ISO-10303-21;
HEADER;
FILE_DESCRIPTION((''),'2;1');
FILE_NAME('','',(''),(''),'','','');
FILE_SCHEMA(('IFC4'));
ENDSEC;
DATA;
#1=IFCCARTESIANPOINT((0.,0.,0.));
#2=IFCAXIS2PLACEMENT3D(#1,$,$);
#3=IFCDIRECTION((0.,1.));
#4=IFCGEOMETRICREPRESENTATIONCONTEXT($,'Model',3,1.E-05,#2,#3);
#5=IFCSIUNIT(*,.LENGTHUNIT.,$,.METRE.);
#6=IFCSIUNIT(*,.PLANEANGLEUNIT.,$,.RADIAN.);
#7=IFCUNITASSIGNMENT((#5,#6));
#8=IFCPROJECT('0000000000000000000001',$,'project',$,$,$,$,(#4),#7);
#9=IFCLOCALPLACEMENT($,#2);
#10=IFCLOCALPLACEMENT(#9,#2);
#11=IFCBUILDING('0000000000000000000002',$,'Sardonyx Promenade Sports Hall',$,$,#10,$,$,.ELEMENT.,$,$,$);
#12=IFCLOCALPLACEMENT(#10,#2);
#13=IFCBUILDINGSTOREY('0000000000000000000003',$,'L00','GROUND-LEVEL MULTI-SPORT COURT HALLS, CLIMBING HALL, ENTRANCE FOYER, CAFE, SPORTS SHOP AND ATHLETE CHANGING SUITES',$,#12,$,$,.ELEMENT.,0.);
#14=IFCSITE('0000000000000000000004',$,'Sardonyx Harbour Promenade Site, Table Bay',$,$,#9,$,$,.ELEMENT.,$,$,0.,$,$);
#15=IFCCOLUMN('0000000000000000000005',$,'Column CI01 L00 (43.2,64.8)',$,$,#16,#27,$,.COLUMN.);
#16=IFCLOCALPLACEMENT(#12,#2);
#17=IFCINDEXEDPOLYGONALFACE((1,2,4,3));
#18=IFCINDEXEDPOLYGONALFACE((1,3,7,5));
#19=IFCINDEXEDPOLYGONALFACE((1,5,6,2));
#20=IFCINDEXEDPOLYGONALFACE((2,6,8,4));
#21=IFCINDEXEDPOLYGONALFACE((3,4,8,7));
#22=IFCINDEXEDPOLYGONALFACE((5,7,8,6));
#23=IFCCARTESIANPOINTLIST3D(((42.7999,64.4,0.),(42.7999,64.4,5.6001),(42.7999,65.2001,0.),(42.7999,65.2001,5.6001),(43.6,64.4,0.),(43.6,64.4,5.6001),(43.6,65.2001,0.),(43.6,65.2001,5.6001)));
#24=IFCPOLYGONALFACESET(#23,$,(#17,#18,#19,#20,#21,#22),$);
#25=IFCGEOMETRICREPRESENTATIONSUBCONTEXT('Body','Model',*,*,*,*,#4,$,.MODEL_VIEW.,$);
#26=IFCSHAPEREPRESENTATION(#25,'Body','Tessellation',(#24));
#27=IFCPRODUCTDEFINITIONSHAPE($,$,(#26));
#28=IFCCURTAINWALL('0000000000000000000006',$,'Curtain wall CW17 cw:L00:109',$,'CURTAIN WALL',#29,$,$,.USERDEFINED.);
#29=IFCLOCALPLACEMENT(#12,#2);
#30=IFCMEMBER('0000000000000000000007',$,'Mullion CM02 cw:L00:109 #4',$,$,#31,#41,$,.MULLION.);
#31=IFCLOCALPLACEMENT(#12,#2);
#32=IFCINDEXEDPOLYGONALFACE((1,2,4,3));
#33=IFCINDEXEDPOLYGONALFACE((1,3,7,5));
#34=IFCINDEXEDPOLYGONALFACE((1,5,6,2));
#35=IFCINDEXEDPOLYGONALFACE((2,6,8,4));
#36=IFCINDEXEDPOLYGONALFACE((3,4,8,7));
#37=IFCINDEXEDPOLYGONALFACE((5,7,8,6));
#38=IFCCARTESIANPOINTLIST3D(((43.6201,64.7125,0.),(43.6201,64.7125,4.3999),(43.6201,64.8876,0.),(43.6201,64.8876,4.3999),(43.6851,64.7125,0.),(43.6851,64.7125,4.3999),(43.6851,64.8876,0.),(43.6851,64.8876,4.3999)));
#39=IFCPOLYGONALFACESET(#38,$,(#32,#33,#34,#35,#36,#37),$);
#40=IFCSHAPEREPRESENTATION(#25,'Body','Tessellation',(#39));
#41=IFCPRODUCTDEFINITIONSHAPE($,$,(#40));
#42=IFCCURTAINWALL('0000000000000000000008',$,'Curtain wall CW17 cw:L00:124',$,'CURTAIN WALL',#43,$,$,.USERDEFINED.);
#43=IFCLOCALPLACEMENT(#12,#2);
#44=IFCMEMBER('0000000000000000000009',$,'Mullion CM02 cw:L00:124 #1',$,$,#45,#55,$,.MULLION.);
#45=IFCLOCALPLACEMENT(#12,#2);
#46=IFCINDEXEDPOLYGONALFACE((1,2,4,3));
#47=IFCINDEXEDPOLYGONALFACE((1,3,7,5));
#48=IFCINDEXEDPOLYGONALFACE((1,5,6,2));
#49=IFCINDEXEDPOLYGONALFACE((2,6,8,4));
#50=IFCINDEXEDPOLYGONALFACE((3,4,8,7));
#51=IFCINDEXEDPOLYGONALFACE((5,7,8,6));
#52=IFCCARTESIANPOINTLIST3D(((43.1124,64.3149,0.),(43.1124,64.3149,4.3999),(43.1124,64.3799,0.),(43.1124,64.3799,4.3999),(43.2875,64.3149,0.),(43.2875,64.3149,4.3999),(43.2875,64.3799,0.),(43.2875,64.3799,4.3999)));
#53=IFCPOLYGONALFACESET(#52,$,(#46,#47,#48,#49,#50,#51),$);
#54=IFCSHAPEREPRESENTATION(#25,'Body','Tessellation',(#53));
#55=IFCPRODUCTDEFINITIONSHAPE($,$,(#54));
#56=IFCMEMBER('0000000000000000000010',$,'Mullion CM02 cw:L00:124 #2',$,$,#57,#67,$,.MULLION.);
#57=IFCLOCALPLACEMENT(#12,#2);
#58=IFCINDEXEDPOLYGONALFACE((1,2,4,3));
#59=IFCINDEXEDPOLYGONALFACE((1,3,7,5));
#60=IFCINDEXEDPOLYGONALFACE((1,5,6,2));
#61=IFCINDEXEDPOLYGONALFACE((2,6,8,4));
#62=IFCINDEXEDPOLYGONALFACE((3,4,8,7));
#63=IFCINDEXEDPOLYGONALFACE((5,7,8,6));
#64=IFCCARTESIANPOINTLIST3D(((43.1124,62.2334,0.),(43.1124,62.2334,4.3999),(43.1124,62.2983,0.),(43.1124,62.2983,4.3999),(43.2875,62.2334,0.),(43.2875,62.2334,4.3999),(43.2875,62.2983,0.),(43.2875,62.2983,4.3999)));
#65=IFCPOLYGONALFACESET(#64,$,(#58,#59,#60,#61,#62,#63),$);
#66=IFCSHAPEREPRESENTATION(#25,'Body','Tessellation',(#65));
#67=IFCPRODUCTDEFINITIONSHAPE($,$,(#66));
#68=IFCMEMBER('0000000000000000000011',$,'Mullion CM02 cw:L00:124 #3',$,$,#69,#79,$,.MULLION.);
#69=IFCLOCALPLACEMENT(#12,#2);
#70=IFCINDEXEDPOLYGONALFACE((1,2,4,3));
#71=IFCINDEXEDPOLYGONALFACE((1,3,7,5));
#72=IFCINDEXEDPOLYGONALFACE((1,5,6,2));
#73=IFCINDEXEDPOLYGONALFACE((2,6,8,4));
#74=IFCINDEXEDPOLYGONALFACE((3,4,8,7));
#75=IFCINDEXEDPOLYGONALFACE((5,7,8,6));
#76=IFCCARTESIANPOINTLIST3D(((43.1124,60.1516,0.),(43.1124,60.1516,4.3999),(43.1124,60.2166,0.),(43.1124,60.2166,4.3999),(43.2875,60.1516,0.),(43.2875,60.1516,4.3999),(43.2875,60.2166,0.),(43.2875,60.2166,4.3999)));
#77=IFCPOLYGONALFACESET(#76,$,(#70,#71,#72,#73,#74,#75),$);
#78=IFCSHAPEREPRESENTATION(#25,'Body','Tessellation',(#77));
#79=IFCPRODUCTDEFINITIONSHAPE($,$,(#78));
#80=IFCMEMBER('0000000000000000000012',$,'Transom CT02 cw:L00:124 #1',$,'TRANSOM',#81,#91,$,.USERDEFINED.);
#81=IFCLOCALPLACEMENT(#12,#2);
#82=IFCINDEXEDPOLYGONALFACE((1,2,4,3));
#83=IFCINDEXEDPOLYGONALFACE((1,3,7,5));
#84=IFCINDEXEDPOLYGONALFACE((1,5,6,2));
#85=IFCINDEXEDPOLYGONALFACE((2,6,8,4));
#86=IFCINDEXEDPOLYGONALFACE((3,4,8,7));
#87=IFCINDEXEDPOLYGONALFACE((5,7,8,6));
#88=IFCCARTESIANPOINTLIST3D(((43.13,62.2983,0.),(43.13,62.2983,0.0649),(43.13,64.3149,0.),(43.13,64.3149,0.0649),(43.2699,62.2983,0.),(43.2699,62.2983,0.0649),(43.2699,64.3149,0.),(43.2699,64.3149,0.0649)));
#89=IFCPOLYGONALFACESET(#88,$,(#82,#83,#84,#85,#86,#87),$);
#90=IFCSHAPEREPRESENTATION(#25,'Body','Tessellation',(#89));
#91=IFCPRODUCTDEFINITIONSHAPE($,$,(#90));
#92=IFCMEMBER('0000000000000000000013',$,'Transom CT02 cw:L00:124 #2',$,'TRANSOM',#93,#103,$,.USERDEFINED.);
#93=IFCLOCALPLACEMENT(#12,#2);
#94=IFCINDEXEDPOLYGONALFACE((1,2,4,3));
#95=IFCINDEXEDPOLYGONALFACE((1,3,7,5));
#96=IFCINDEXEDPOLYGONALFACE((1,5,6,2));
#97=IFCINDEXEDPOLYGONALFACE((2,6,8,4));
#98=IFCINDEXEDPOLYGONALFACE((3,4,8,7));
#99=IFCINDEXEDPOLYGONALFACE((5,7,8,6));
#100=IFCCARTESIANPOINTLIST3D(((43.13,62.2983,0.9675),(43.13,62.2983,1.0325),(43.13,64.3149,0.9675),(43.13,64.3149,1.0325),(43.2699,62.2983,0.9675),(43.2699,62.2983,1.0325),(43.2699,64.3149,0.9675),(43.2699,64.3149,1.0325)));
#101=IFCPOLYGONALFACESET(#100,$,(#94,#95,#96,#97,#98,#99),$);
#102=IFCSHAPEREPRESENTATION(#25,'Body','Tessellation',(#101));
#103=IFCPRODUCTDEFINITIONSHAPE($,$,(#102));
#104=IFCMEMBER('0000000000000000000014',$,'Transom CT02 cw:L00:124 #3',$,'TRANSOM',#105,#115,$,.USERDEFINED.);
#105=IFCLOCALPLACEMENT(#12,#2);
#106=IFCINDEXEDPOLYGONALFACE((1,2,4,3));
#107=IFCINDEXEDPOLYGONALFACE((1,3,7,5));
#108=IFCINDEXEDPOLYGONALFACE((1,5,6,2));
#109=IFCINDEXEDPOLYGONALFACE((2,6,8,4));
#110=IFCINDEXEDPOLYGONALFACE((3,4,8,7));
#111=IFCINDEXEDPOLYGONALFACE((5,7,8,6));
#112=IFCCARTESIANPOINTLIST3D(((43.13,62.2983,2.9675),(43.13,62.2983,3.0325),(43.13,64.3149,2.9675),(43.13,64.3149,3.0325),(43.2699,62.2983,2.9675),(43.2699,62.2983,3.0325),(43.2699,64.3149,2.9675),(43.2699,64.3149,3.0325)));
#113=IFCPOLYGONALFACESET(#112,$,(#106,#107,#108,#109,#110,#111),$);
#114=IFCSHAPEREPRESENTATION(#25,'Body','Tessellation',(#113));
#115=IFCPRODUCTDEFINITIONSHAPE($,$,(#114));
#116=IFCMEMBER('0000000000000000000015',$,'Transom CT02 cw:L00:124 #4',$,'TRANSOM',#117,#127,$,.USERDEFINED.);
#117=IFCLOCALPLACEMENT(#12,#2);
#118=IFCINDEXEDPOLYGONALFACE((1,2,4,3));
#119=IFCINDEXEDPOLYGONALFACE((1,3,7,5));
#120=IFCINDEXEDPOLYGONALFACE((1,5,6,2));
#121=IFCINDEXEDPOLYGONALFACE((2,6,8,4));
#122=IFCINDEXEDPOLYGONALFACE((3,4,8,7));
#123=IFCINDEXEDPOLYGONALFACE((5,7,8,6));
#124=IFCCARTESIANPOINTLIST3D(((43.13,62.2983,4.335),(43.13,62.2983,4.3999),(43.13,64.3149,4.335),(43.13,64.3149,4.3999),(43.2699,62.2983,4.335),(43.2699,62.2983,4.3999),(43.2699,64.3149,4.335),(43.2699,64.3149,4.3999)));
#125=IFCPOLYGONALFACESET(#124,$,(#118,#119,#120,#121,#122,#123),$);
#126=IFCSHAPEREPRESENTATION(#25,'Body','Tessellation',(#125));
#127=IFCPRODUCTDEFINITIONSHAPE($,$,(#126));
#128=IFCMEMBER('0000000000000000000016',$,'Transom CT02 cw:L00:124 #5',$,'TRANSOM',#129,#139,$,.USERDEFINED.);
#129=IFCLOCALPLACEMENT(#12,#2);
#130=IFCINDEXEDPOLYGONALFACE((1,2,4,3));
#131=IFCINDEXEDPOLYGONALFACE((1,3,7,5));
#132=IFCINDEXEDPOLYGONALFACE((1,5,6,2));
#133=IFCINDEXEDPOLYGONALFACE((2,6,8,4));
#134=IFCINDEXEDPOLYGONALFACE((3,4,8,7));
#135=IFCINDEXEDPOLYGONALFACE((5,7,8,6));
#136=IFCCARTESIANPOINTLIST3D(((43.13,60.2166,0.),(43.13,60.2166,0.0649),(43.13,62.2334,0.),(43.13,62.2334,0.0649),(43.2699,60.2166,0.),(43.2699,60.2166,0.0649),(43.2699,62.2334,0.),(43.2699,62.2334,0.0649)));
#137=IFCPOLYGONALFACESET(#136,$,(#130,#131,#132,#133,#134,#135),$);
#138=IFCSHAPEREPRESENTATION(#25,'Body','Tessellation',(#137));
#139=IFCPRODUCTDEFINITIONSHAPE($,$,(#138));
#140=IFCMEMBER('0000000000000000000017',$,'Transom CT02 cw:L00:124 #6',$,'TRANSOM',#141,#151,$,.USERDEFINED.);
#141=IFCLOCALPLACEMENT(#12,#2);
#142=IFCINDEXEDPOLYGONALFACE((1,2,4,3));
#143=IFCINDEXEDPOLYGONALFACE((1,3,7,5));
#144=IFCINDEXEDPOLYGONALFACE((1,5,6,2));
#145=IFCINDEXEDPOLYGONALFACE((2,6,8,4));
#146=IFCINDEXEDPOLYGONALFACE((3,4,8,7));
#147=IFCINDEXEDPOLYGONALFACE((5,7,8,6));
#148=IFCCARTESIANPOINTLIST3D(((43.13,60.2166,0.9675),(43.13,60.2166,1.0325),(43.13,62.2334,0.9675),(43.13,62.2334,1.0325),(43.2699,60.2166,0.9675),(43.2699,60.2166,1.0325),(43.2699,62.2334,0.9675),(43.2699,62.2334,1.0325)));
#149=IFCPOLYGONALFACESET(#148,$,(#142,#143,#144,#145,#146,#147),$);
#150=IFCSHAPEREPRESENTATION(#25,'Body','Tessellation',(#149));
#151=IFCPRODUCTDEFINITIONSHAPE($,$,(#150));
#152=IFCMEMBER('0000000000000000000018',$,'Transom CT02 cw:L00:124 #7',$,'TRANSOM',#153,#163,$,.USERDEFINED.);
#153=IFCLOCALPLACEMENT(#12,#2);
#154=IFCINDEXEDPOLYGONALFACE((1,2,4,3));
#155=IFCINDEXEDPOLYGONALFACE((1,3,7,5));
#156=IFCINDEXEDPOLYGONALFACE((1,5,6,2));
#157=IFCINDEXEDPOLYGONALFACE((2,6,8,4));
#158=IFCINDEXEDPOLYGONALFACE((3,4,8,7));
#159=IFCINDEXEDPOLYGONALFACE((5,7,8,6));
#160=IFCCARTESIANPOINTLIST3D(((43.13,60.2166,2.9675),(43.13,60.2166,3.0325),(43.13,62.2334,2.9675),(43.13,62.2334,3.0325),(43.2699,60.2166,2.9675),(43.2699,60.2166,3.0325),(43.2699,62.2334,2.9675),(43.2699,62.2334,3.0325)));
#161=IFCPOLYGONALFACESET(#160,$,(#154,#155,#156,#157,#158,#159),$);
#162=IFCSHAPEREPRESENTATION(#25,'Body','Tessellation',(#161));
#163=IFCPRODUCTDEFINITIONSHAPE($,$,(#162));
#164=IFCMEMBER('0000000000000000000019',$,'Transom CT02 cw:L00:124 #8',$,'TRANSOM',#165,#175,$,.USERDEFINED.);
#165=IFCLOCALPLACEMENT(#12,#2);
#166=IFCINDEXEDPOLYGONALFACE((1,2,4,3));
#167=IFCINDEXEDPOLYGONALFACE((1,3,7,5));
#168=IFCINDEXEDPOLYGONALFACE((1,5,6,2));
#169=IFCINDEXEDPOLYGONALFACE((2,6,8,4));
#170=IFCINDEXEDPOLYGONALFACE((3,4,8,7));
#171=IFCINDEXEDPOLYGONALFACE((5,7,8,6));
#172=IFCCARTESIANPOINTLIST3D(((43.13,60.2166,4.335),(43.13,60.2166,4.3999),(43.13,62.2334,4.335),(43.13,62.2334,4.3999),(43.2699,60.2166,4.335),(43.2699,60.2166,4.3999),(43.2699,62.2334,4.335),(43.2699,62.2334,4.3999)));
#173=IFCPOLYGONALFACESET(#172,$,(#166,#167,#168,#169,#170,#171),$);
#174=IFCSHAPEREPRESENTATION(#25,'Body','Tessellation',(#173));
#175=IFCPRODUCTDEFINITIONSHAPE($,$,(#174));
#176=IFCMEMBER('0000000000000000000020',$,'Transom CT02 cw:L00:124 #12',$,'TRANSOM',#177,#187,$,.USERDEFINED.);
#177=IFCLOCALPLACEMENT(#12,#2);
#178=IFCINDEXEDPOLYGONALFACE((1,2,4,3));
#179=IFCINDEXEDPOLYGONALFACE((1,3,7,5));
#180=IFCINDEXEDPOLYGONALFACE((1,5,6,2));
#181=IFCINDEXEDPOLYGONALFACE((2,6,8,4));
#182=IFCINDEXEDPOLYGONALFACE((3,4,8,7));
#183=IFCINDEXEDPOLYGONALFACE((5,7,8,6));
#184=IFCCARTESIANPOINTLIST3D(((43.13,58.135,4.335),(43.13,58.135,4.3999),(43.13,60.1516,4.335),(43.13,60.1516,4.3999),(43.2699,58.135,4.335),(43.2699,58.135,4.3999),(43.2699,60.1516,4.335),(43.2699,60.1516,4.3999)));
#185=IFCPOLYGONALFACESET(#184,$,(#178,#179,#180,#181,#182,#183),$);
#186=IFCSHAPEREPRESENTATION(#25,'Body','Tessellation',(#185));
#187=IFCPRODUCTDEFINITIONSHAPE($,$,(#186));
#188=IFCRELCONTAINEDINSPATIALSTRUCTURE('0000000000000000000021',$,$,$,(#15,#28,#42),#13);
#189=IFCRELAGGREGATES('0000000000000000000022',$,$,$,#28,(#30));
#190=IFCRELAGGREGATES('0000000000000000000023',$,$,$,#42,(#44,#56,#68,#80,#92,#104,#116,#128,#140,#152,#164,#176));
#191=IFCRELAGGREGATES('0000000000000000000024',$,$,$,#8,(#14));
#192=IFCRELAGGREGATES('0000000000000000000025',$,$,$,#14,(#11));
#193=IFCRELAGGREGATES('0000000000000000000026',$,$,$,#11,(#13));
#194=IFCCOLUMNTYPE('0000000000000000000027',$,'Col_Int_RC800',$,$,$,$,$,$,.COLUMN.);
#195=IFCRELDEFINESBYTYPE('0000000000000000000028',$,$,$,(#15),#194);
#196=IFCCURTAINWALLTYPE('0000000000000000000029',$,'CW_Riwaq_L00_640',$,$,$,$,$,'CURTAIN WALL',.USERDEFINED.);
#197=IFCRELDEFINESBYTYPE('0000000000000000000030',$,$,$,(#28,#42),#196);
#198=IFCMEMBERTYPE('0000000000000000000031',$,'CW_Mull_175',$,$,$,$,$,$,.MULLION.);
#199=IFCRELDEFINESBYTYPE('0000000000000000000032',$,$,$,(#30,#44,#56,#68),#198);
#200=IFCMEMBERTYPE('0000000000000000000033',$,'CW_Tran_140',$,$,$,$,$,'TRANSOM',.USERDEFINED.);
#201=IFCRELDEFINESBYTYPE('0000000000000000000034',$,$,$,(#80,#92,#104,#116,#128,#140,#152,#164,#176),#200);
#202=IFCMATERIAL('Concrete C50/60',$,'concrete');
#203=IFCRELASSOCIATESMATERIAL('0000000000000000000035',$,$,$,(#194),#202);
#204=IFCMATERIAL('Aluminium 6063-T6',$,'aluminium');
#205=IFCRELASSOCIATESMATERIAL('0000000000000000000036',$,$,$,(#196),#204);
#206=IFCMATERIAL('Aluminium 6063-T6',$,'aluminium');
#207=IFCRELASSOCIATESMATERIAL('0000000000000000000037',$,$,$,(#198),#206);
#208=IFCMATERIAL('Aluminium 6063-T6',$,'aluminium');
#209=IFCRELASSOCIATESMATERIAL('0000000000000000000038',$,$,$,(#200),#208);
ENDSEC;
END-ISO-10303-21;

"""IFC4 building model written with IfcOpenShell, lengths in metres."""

from ifc_helpers import new_model, si_unit, direction, frame, origin, origin_2d, place, context, subcontext, project, spatial, rectangle, extrude, material, material_profile, profile_set, type_object, element, aggregate, save


model = new_model("IFC4")

# Units and contexts
model_context = context("Model", 3, precision=1e-05, world=origin(), true_north=direction((0.0, 1.0)))
body_context = subcontext(model_context, "Body", "Model", "MODEL_VIEW")
ifc_project = project(units=[si_unit("LENGTHUNIT", "METRE"), si_unit("PLANEANGLEUNIT", "RADIAN")], contexts=[model_context])

# Site, building, storey
site_placement = place(None, origin())
site = spatial("IfcSite", under=ifc_project, at=site_placement, Name="Sardonyx Harbour Promenade Site, Table Bay", CompositionType="ELEMENT", RefElevation=0.0)
building_placement = place(site_placement, origin())
building = spatial("IfcBuilding", under=site, at=building_placement, Name="Sardonyx Promenade Sports Hall", CompositionType="ELEMENT")
storey_placement = place(building_placement, origin())
storey = spatial("IfcBuildingStorey", under=building, at=storey_placement, Name="L00", Description="GROUND-LEVEL MULTI-SPORT COURT HALLS, CLIMBING HALL, ENTRANCE FOYER, CAFE, SPORTS SHOP AND ATHLETE CHANGING SUITES", CompositionType="ELEMENT", Elevation=0.0)

# Column
ifc_material_1 = material(Name="Concrete C50/60", Category="concrete")
ifc_material_profile_1 = material_profile(ifc_material_1, rectangle(XDim=0.8, YDim=0.8, at=origin_2d()))
ifc_profile_set_1 = profile_set([ifc_material_profile_1], Name="Concrete C50/60")
column_type = type_object("IfcColumnType", Name="Col_Int_RC800", PredefinedType="COLUMN", material=ifc_profile_set_1)
column_placement = place(storey_placement, frame((43.2, 64.8, 0.0), z_axis=(0.0, 0.0, 1.0), x_axis=(1.0, 0.0, 0.0)))
element("IfcColumn", 1, at=column_placement, inside=storey, type_object=column_type, Name="Column CI01 L00 (43.2,64.8)", PredefinedType="COLUMN", context=body_context, shape_type="SweptSolid", body=[
    extrude(rectangle(XDim=0.8, YDim=0.8, at=origin_2d()), origin(), (0.0, 0.0, 1.0), 5.6001),
])

# Curtain wall, member
ifc_material_2 = material(Name="Aluminium 6063-T6", Category="aluminium")
curtain_wall_type = type_object("IfcCurtainWallType", Name="CW_Riwaq_L00_640", ElementType="CURTAIN WALL", PredefinedType="USERDEFINED", material=ifc_material_2)
curtain_wall_1_placement = place(storey_placement, origin())
curtain_wall_1 = element("IfcCurtainWall", 2, at=curtain_wall_1_placement, inside=storey, type_object=curtain_wall_type, Name="Curtain wall CW17 cw:L00:109", ObjectType="CURTAIN WALL", PredefinedType="USERDEFINED")
ifc_material_3 = material(Name="Aluminium 6063-T6", Category="aluminium")
ifc_material_profile_2 = material_profile(ifc_material_3, rectangle(XDim=0.0649, YDim=0.175, at=origin_2d()))
ifc_profile_set_2 = profile_set([ifc_material_profile_2], Name="Aluminium 6063-T6")
member_type_1 = type_object("IfcMemberType", Name="CW_Mull_175", PredefinedType="MULLION", material=ifc_profile_set_2)
member_1_placement = place(storey_placement, frame((43.6526, 64.8, 0.0), z_axis=(0.0, 0.0, 1.0), x_axis=(-1.0, 0.0, 0.0)))
member_1 = element("IfcMember", 3, at=member_1_placement, type_object=member_type_1, Name="Mullion CM02 cw:L00:109 #4", PredefinedType="MULLION", context=body_context, shape_type="SweptSolid", body=[
    extrude(rectangle(XDim=0.0649, YDim=0.175, at=origin_2d()), origin(), (0.0, 0.0, 1.0), 4.3999),
])
aggregate(curtain_wall_1, [member_1])

# Curtain wall, members
curtain_wall_2_placement = place(storey_placement, origin())
curtain_wall_2 = element("IfcCurtainWall", 4, at=curtain_wall_2_placement, inside=storey, type_object=curtain_wall_type, Name="Curtain wall CW17 cw:L00:124", ObjectType="CURTAIN WALL", PredefinedType="USERDEFINED")
member_2_placement = place(storey_placement, frame((43.2, 64.3474, 0.0), z_axis=(0.0, 0.0, 1.0), x_axis=(0.0, -1.0, 0.0)))
member_2 = element("IfcMember", 5, at=member_2_placement, type_object=member_type_1, Name="Mullion CM02 cw:L00:124 #1", PredefinedType="MULLION", context=body_context, shape_type="SweptSolid", body=[
    extrude(rectangle(XDim=0.0649, YDim=0.175, at=origin_2d()), origin(), (0.0, 0.0, 1.0), 4.3999),
])
member_3_placement = place(storey_placement, frame((43.2, 62.2659, 0.0), z_axis=(0.0, 0.0, 1.0), x_axis=(0.0, -1.0, 0.0)))
member_3 = element("IfcMember", 6, at=member_3_placement, type_object=member_type_1, Name="Mullion CM02 cw:L00:124 #2", PredefinedType="MULLION", context=body_context, shape_type="SweptSolid", body=[
    extrude(rectangle(XDim=0.0649, YDim=0.175, at=origin_2d()), origin(), (0.0, 0.0, 1.0), 4.3999),
])
member_4_placement = place(storey_placement, frame((43.2, 60.1841, 0.0), z_axis=(0.0, 0.0, 1.0), x_axis=(0.0, -1.0, 0.0)))
member_4 = element("IfcMember", 7, at=member_4_placement, type_object=member_type_1, Name="Mullion CM02 cw:L00:124 #3", PredefinedType="MULLION", context=body_context, shape_type="SweptSolid", body=[
    extrude(rectangle(XDim=0.0649, YDim=0.175, at=origin_2d()), origin(), (0.0, 0.0, 1.0), 4.3999),
])
ifc_material_4 = material(Name="Aluminium 6063-T6", Category="aluminium")
ifc_material_profile_3 = material_profile(ifc_material_4, rectangle(XDim=0.0649, YDim=0.1399, at=origin_2d()))
ifc_profile_set_3 = profile_set([ifc_material_profile_3], Name="Aluminium 6063-T6")
member_type_2 = type_object("IfcMemberType", Name="CW_Tran_140", ElementType="TRANSOM", PredefinedType="USERDEFINED", material=ifc_profile_set_3)
member_5_placement = place(storey_placement, frame((43.2, 64.3149, 0.0325), z_axis=(0.0, -1.0, 0.0), x_axis=(0.0, 0.0, 1.0)))
member_5 = element("IfcMember", 8, at=member_5_placement, type_object=member_type_2, Name="Transom CT02 cw:L00:124 #1", ObjectType="TRANSOM", PredefinedType="USERDEFINED", context=body_context, shape_type="SweptSolid", body=[
    extrude(rectangle(XDim=0.0649, YDim=0.1399, at=origin_2d()), origin(), (0.0, 0.0, 1.0), 2.0166),
])
member_6_placement = place(storey_placement, frame((43.2, 64.3149, 1.0), z_axis=(0.0, -1.0, 0.0), x_axis=(0.0, 0.0, 1.0)))
member_6 = element("IfcMember", 9, at=member_6_placement, type_object=member_type_2, Name="Transom CT02 cw:L00:124 #2", ObjectType="TRANSOM", PredefinedType="USERDEFINED", context=body_context, shape_type="SweptSolid", body=[
    extrude(rectangle(XDim=0.0649, YDim=0.1399, at=origin_2d()), origin(), (0.0, 0.0, 1.0), 2.0166),
])
member_7_placement = place(storey_placement, frame((43.2, 64.3149, 3.0), z_axis=(0.0, -1.0, 0.0), x_axis=(0.0, 0.0, 1.0)))
member_7 = element("IfcMember", 10, at=member_7_placement, type_object=member_type_2, Name="Transom CT02 cw:L00:124 #3", ObjectType="TRANSOM", PredefinedType="USERDEFINED", context=body_context, shape_type="SweptSolid", body=[
    extrude(rectangle(XDim=0.0649, YDim=0.1399, at=origin_2d()), origin(), (0.0, 0.0, 1.0), 2.0166),
])
member_8_placement = place(storey_placement, frame((43.2, 64.3149, 4.3674), z_axis=(0.0, -1.0, 0.0), x_axis=(0.0, 0.0, 1.0)))
member_8 = element("IfcMember", 11, at=member_8_placement, type_object=member_type_2, Name="Transom CT02 cw:L00:124 #4", ObjectType="TRANSOM", PredefinedType="USERDEFINED", context=body_context, shape_type="SweptSolid", body=[
    extrude(rectangle(XDim=0.0649, YDim=0.1399, at=origin_2d()), origin(), (0.0, 0.0, 1.0), 2.0166),
])
member_9_placement = place(storey_placement, frame((43.2, 62.2334, 0.0325), z_axis=(0.0, -1.0, 0.0), x_axis=(0.0, 0.0, 1.0)))
member_9 = element("IfcMember", 12, at=member_9_placement, type_object=member_type_2, Name="Transom CT02 cw:L00:124 #5", ObjectType="TRANSOM", PredefinedType="USERDEFINED", context=body_context, shape_type="SweptSolid", body=[
    extrude(rectangle(XDim=0.0649, YDim=0.1399, at=origin_2d()), origin(), (0.0, 0.0, 1.0), 2.0168),
])
member_10_placement = place(storey_placement, frame((43.2, 62.2334, 1.0), z_axis=(0.0, -1.0, 0.0), x_axis=(0.0, 0.0, 1.0)))
member_10 = element("IfcMember", 13, at=member_10_placement, type_object=member_type_2, Name="Transom CT02 cw:L00:124 #6", ObjectType="TRANSOM", PredefinedType="USERDEFINED", context=body_context, shape_type="SweptSolid", body=[
    extrude(rectangle(XDim=0.0649, YDim=0.1399, at=origin_2d()), origin(), (0.0, 0.0, 1.0), 2.0168),
])
member_11_placement = place(storey_placement, frame((43.2, 62.2334, 3.0), z_axis=(0.0, -1.0, 0.0), x_axis=(0.0, 0.0, 1.0)))
member_11 = element("IfcMember", 14, at=member_11_placement, type_object=member_type_2, Name="Transom CT02 cw:L00:124 #7", ObjectType="TRANSOM", PredefinedType="USERDEFINED", context=body_context, shape_type="SweptSolid", body=[
    extrude(rectangle(XDim=0.0649, YDim=0.1399, at=origin_2d()), origin(), (0.0, 0.0, 1.0), 2.0168),
])
member_12_placement = place(storey_placement, frame((43.2, 62.2334, 4.3674), z_axis=(0.0, -1.0, 0.0), x_axis=(0.0, 0.0, 1.0)))
member_12 = element("IfcMember", 15, at=member_12_placement, type_object=member_type_2, Name="Transom CT02 cw:L00:124 #8", ObjectType="TRANSOM", PredefinedType="USERDEFINED", context=body_context, shape_type="SweptSolid", body=[
    extrude(rectangle(XDim=0.0649, YDim=0.1399, at=origin_2d()), origin(), (0.0, 0.0, 1.0), 2.0168),
])
member_13_placement = place(storey_placement, frame((43.2, 60.1516, 4.3674), z_axis=(0.0, -1.0, 0.0), x_axis=(0.0, 0.0, 1.0)))
member_13 = element("IfcMember", 16, at=member_13_placement, type_object=member_type_2, Name="Transom CT02 cw:L00:124 #12", ObjectType="TRANSOM", PredefinedType="USERDEFINED", context=body_context, shape_type="SweptSolid", body=[
    extrude(rectangle(XDim=0.0649, YDim=0.1399, at=origin_2d()), origin(), (0.0, 0.0, 1.0), 2.0166),
])
aggregate(curtain_wall_2, [member_2, member_3, member_4, member_5, member_6, member_7, member_8, member_9, member_10, member_11, member_12, member_13])

save(model, "model.ifc")
